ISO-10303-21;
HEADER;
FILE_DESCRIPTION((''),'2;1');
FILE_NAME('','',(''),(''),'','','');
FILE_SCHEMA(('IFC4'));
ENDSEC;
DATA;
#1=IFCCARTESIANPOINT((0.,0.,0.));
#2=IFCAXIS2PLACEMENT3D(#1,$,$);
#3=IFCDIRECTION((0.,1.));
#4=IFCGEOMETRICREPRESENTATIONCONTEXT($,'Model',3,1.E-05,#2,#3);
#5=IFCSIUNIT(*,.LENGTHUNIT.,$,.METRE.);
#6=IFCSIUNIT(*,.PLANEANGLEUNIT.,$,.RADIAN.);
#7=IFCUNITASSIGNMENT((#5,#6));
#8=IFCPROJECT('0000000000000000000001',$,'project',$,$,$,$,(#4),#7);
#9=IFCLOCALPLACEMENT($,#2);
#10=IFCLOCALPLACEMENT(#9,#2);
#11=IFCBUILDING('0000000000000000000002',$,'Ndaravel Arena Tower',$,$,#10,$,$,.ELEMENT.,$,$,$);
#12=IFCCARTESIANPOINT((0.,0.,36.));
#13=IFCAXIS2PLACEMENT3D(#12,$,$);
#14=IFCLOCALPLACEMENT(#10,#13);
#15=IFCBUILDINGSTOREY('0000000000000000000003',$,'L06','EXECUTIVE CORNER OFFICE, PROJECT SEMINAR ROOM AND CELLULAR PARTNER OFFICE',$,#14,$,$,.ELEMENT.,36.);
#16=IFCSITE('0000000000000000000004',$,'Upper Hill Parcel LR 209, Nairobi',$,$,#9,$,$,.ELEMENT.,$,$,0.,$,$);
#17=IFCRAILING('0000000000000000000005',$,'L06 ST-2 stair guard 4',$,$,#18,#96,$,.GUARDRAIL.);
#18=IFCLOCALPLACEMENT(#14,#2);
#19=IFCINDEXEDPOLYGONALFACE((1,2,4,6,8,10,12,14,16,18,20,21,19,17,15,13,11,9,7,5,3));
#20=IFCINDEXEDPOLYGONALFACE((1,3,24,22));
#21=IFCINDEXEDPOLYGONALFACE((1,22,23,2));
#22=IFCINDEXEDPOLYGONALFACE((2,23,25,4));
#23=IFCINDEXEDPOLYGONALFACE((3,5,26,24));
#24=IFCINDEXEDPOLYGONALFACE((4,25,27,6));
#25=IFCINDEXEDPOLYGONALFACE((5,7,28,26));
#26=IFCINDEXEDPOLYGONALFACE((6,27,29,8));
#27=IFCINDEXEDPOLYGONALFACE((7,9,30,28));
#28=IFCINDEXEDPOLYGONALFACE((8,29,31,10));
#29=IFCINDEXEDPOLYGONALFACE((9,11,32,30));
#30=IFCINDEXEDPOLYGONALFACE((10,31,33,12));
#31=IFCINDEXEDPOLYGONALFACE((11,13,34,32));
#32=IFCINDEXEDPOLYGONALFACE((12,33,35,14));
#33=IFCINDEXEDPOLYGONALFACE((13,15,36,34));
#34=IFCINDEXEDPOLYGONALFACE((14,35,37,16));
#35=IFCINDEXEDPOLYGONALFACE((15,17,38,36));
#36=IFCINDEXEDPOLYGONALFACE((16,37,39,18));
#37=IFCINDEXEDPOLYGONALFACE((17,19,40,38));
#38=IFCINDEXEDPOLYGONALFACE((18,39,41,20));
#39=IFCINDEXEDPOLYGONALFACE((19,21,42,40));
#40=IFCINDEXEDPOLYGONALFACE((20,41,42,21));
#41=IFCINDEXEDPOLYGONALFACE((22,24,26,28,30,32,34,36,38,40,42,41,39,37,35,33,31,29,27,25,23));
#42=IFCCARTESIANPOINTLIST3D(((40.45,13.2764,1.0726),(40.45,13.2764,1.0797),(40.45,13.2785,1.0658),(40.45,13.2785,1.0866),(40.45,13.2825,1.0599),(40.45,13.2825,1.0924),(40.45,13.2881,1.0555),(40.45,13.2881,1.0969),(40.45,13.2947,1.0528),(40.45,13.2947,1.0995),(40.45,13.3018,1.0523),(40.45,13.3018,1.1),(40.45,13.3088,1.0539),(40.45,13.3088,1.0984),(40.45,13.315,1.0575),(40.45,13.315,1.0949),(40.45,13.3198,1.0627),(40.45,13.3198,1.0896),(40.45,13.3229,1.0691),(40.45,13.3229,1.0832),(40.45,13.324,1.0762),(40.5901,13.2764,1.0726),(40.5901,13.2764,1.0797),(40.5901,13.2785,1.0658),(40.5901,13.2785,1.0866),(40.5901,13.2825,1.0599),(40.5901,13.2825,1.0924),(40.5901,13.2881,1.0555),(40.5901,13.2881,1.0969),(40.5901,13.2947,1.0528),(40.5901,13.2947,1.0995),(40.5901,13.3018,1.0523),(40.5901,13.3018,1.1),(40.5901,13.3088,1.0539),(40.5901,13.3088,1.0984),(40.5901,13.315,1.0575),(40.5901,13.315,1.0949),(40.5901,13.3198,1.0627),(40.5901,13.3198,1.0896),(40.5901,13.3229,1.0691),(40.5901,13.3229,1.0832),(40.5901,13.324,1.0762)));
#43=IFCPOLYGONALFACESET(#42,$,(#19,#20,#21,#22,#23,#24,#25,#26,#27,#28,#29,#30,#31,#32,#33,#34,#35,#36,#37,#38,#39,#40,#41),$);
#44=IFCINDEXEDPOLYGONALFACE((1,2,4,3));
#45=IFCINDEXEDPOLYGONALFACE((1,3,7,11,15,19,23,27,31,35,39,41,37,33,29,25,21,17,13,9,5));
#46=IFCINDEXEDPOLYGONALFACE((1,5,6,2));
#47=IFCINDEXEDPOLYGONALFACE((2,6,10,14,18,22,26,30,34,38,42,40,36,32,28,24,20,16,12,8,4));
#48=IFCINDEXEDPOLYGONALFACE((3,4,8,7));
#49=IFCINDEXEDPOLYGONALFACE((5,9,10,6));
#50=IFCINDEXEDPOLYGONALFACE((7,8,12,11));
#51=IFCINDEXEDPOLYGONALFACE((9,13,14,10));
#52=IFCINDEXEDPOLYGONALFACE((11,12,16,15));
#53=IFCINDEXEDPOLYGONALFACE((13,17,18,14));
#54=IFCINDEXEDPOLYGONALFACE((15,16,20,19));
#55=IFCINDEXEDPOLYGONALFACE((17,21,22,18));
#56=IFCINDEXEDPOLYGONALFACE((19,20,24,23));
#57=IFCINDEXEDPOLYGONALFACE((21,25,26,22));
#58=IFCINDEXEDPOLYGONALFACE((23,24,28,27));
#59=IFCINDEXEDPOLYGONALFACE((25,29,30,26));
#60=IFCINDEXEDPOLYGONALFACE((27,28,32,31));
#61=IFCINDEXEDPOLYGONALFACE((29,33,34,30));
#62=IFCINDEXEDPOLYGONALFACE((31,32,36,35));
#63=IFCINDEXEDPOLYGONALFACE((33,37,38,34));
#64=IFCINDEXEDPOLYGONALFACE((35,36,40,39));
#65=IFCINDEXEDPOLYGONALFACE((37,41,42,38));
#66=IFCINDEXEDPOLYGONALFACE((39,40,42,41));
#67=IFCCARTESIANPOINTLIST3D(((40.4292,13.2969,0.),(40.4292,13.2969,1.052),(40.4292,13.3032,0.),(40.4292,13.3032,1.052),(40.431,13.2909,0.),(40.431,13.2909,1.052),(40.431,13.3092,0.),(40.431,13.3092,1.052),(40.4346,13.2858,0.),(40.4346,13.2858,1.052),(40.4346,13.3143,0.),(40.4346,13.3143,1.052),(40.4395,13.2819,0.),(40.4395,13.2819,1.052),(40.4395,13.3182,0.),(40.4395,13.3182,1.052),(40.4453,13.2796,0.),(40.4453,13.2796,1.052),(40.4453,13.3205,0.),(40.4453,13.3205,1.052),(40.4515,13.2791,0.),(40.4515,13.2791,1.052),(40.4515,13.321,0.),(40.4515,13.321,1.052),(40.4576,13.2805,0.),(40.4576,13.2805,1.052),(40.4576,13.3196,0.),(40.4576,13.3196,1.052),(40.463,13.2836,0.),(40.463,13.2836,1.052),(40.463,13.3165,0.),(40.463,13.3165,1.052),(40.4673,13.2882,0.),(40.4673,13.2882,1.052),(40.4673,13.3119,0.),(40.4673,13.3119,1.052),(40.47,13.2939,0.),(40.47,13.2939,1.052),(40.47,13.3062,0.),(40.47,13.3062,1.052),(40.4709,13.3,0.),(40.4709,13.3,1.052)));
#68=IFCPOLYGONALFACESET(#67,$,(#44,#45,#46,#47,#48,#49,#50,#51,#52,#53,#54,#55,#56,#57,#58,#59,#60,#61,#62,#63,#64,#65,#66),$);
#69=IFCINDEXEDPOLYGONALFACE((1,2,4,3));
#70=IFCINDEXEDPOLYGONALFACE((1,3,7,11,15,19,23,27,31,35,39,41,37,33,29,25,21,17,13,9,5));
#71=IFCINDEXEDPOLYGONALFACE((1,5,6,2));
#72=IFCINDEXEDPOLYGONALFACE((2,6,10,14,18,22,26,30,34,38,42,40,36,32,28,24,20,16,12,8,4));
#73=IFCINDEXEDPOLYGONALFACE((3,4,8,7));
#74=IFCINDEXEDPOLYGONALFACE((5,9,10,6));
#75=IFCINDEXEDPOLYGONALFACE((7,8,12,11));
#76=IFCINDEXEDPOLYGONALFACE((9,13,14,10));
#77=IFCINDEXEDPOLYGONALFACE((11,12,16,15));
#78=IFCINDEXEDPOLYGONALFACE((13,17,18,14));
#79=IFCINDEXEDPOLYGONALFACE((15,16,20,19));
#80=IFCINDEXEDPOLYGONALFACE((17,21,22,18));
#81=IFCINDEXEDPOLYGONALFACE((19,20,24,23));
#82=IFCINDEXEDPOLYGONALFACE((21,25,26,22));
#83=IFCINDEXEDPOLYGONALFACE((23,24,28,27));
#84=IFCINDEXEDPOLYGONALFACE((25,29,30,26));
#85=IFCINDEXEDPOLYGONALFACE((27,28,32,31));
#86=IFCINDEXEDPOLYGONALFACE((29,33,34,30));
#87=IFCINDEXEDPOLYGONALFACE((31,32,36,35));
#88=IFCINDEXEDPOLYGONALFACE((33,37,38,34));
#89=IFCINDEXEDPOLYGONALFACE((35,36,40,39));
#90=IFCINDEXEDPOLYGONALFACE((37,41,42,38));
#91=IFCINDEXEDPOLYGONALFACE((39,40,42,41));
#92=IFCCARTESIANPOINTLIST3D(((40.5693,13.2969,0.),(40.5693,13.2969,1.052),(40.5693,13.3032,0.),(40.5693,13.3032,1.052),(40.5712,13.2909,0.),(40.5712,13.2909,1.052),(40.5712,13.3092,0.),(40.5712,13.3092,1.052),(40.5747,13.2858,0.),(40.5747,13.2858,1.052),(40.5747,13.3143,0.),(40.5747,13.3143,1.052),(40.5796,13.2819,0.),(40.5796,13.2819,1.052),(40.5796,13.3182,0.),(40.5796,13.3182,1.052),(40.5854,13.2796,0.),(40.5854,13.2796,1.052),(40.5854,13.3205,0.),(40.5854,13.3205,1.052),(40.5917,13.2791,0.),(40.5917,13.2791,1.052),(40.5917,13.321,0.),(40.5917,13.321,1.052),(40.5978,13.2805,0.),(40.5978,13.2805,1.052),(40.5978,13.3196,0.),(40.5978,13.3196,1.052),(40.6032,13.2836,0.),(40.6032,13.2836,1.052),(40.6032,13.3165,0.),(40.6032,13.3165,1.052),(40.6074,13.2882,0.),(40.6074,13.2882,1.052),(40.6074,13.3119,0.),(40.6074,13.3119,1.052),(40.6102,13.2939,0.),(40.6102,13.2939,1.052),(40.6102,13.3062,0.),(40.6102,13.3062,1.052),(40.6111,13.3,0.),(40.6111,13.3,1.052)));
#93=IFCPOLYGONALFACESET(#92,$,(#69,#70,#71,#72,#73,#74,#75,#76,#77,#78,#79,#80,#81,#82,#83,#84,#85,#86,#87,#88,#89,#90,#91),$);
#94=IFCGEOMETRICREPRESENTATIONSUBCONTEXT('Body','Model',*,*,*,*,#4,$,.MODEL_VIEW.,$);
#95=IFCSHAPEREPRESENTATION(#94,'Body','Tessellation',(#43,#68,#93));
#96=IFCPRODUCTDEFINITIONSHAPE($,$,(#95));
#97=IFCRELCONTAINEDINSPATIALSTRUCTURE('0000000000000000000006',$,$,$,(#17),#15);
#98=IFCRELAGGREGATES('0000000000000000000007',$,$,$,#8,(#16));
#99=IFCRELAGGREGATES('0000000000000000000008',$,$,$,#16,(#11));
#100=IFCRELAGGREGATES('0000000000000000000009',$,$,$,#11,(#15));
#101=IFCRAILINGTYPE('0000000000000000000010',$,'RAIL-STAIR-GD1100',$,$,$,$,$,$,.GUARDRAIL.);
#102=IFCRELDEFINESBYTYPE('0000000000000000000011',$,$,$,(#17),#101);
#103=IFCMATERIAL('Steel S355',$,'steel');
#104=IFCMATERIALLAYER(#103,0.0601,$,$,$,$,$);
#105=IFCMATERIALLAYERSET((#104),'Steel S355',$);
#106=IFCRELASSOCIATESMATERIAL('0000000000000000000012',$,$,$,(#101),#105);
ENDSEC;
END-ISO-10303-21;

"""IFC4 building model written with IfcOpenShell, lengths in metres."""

from ifc_helpers import new_model, si_unit, direction, frame, origin, origin_2d, place, context, subcontext, project, spatial, circle, extrude, material, layer, layer_set, type_object, element, save


model = new_model("IFC4")

# Units and contexts
model_context = context("Model", 3, precision=1e-05, world=origin(), true_north=direction((0.0, 1.0)))
body_context = subcontext(model_context, "Body", "Model", "MODEL_VIEW")
ifc_project = project(units=[si_unit("LENGTHUNIT", "METRE"), si_unit("PLANEANGLEUNIT", "RADIAN")], contexts=[model_context])

# Site, building, storey
site_placement = place(None, origin())
site = spatial("IfcSite", under=ifc_project, at=site_placement, Name="Upper Hill Parcel LR 209, Nairobi", CompositionType="ELEMENT", RefElevation=0.0)
building_placement = place(site_placement, origin())
building = spatial("IfcBuilding", under=site, at=building_placement, Name="Ndaravel Arena Tower", CompositionType="ELEMENT")
storey_placement = place(building_placement, frame((0.0, 0.0, 36.0)))
storey = spatial("IfcBuildingStorey", under=building, at=storey_placement, Name="L06", Description="EXECUTIVE CORNER OFFICE, PROJECT SEMINAR ROOM AND CELLULAR PARTNER OFFICE", CompositionType="ELEMENT", Elevation=36.0)

# Railing
ifc_material_1 = material(Name="Steel S355", Category="steel")
ifc_layer_1 = layer(ifc_material_1, 0.0601)
ifc_layer_set_1 = layer_set([ifc_layer_1], Name="Steel S355")
railing_type_1 = type_object("IfcRailingType", Name="RAIL-STAIR-GD1100", PredefinedType="GUARDRAIL", material=ifc_layer_set_1)
railing_1_placement = place(storey_placement, frame((40.45, 13.3, 0.0)))
element("IfcRailing", 1, at=railing_1_placement, inside=storey, type_object=railing_type_1, Name="L06 ST-2 stair guard 4", PredefinedType="GUARDRAIL", context=body_context, shape_type="SweptSolid", body=[
    extrude(circle(Radius=0.0239, at=origin_2d()), frame((0.0, 0.0, 1.0762), z_axis=(1.0, 0.0, 0.0), x_axis=(0.0, 1.0, 0.0)), (0.0, 0.0, 1.0), 0.1401),
    extrude(circle(Radius=0.021, at=origin_2d()), origin(), (0.0, 0.0, 1.0), 1.052),
    extrude(circle(Radius=0.021, at=origin_2d()), frame((0.1401, 0.0, 0.0)), (0.0, 0.0, 1.0), 1.052),
])

save(model, "model.ifc")
